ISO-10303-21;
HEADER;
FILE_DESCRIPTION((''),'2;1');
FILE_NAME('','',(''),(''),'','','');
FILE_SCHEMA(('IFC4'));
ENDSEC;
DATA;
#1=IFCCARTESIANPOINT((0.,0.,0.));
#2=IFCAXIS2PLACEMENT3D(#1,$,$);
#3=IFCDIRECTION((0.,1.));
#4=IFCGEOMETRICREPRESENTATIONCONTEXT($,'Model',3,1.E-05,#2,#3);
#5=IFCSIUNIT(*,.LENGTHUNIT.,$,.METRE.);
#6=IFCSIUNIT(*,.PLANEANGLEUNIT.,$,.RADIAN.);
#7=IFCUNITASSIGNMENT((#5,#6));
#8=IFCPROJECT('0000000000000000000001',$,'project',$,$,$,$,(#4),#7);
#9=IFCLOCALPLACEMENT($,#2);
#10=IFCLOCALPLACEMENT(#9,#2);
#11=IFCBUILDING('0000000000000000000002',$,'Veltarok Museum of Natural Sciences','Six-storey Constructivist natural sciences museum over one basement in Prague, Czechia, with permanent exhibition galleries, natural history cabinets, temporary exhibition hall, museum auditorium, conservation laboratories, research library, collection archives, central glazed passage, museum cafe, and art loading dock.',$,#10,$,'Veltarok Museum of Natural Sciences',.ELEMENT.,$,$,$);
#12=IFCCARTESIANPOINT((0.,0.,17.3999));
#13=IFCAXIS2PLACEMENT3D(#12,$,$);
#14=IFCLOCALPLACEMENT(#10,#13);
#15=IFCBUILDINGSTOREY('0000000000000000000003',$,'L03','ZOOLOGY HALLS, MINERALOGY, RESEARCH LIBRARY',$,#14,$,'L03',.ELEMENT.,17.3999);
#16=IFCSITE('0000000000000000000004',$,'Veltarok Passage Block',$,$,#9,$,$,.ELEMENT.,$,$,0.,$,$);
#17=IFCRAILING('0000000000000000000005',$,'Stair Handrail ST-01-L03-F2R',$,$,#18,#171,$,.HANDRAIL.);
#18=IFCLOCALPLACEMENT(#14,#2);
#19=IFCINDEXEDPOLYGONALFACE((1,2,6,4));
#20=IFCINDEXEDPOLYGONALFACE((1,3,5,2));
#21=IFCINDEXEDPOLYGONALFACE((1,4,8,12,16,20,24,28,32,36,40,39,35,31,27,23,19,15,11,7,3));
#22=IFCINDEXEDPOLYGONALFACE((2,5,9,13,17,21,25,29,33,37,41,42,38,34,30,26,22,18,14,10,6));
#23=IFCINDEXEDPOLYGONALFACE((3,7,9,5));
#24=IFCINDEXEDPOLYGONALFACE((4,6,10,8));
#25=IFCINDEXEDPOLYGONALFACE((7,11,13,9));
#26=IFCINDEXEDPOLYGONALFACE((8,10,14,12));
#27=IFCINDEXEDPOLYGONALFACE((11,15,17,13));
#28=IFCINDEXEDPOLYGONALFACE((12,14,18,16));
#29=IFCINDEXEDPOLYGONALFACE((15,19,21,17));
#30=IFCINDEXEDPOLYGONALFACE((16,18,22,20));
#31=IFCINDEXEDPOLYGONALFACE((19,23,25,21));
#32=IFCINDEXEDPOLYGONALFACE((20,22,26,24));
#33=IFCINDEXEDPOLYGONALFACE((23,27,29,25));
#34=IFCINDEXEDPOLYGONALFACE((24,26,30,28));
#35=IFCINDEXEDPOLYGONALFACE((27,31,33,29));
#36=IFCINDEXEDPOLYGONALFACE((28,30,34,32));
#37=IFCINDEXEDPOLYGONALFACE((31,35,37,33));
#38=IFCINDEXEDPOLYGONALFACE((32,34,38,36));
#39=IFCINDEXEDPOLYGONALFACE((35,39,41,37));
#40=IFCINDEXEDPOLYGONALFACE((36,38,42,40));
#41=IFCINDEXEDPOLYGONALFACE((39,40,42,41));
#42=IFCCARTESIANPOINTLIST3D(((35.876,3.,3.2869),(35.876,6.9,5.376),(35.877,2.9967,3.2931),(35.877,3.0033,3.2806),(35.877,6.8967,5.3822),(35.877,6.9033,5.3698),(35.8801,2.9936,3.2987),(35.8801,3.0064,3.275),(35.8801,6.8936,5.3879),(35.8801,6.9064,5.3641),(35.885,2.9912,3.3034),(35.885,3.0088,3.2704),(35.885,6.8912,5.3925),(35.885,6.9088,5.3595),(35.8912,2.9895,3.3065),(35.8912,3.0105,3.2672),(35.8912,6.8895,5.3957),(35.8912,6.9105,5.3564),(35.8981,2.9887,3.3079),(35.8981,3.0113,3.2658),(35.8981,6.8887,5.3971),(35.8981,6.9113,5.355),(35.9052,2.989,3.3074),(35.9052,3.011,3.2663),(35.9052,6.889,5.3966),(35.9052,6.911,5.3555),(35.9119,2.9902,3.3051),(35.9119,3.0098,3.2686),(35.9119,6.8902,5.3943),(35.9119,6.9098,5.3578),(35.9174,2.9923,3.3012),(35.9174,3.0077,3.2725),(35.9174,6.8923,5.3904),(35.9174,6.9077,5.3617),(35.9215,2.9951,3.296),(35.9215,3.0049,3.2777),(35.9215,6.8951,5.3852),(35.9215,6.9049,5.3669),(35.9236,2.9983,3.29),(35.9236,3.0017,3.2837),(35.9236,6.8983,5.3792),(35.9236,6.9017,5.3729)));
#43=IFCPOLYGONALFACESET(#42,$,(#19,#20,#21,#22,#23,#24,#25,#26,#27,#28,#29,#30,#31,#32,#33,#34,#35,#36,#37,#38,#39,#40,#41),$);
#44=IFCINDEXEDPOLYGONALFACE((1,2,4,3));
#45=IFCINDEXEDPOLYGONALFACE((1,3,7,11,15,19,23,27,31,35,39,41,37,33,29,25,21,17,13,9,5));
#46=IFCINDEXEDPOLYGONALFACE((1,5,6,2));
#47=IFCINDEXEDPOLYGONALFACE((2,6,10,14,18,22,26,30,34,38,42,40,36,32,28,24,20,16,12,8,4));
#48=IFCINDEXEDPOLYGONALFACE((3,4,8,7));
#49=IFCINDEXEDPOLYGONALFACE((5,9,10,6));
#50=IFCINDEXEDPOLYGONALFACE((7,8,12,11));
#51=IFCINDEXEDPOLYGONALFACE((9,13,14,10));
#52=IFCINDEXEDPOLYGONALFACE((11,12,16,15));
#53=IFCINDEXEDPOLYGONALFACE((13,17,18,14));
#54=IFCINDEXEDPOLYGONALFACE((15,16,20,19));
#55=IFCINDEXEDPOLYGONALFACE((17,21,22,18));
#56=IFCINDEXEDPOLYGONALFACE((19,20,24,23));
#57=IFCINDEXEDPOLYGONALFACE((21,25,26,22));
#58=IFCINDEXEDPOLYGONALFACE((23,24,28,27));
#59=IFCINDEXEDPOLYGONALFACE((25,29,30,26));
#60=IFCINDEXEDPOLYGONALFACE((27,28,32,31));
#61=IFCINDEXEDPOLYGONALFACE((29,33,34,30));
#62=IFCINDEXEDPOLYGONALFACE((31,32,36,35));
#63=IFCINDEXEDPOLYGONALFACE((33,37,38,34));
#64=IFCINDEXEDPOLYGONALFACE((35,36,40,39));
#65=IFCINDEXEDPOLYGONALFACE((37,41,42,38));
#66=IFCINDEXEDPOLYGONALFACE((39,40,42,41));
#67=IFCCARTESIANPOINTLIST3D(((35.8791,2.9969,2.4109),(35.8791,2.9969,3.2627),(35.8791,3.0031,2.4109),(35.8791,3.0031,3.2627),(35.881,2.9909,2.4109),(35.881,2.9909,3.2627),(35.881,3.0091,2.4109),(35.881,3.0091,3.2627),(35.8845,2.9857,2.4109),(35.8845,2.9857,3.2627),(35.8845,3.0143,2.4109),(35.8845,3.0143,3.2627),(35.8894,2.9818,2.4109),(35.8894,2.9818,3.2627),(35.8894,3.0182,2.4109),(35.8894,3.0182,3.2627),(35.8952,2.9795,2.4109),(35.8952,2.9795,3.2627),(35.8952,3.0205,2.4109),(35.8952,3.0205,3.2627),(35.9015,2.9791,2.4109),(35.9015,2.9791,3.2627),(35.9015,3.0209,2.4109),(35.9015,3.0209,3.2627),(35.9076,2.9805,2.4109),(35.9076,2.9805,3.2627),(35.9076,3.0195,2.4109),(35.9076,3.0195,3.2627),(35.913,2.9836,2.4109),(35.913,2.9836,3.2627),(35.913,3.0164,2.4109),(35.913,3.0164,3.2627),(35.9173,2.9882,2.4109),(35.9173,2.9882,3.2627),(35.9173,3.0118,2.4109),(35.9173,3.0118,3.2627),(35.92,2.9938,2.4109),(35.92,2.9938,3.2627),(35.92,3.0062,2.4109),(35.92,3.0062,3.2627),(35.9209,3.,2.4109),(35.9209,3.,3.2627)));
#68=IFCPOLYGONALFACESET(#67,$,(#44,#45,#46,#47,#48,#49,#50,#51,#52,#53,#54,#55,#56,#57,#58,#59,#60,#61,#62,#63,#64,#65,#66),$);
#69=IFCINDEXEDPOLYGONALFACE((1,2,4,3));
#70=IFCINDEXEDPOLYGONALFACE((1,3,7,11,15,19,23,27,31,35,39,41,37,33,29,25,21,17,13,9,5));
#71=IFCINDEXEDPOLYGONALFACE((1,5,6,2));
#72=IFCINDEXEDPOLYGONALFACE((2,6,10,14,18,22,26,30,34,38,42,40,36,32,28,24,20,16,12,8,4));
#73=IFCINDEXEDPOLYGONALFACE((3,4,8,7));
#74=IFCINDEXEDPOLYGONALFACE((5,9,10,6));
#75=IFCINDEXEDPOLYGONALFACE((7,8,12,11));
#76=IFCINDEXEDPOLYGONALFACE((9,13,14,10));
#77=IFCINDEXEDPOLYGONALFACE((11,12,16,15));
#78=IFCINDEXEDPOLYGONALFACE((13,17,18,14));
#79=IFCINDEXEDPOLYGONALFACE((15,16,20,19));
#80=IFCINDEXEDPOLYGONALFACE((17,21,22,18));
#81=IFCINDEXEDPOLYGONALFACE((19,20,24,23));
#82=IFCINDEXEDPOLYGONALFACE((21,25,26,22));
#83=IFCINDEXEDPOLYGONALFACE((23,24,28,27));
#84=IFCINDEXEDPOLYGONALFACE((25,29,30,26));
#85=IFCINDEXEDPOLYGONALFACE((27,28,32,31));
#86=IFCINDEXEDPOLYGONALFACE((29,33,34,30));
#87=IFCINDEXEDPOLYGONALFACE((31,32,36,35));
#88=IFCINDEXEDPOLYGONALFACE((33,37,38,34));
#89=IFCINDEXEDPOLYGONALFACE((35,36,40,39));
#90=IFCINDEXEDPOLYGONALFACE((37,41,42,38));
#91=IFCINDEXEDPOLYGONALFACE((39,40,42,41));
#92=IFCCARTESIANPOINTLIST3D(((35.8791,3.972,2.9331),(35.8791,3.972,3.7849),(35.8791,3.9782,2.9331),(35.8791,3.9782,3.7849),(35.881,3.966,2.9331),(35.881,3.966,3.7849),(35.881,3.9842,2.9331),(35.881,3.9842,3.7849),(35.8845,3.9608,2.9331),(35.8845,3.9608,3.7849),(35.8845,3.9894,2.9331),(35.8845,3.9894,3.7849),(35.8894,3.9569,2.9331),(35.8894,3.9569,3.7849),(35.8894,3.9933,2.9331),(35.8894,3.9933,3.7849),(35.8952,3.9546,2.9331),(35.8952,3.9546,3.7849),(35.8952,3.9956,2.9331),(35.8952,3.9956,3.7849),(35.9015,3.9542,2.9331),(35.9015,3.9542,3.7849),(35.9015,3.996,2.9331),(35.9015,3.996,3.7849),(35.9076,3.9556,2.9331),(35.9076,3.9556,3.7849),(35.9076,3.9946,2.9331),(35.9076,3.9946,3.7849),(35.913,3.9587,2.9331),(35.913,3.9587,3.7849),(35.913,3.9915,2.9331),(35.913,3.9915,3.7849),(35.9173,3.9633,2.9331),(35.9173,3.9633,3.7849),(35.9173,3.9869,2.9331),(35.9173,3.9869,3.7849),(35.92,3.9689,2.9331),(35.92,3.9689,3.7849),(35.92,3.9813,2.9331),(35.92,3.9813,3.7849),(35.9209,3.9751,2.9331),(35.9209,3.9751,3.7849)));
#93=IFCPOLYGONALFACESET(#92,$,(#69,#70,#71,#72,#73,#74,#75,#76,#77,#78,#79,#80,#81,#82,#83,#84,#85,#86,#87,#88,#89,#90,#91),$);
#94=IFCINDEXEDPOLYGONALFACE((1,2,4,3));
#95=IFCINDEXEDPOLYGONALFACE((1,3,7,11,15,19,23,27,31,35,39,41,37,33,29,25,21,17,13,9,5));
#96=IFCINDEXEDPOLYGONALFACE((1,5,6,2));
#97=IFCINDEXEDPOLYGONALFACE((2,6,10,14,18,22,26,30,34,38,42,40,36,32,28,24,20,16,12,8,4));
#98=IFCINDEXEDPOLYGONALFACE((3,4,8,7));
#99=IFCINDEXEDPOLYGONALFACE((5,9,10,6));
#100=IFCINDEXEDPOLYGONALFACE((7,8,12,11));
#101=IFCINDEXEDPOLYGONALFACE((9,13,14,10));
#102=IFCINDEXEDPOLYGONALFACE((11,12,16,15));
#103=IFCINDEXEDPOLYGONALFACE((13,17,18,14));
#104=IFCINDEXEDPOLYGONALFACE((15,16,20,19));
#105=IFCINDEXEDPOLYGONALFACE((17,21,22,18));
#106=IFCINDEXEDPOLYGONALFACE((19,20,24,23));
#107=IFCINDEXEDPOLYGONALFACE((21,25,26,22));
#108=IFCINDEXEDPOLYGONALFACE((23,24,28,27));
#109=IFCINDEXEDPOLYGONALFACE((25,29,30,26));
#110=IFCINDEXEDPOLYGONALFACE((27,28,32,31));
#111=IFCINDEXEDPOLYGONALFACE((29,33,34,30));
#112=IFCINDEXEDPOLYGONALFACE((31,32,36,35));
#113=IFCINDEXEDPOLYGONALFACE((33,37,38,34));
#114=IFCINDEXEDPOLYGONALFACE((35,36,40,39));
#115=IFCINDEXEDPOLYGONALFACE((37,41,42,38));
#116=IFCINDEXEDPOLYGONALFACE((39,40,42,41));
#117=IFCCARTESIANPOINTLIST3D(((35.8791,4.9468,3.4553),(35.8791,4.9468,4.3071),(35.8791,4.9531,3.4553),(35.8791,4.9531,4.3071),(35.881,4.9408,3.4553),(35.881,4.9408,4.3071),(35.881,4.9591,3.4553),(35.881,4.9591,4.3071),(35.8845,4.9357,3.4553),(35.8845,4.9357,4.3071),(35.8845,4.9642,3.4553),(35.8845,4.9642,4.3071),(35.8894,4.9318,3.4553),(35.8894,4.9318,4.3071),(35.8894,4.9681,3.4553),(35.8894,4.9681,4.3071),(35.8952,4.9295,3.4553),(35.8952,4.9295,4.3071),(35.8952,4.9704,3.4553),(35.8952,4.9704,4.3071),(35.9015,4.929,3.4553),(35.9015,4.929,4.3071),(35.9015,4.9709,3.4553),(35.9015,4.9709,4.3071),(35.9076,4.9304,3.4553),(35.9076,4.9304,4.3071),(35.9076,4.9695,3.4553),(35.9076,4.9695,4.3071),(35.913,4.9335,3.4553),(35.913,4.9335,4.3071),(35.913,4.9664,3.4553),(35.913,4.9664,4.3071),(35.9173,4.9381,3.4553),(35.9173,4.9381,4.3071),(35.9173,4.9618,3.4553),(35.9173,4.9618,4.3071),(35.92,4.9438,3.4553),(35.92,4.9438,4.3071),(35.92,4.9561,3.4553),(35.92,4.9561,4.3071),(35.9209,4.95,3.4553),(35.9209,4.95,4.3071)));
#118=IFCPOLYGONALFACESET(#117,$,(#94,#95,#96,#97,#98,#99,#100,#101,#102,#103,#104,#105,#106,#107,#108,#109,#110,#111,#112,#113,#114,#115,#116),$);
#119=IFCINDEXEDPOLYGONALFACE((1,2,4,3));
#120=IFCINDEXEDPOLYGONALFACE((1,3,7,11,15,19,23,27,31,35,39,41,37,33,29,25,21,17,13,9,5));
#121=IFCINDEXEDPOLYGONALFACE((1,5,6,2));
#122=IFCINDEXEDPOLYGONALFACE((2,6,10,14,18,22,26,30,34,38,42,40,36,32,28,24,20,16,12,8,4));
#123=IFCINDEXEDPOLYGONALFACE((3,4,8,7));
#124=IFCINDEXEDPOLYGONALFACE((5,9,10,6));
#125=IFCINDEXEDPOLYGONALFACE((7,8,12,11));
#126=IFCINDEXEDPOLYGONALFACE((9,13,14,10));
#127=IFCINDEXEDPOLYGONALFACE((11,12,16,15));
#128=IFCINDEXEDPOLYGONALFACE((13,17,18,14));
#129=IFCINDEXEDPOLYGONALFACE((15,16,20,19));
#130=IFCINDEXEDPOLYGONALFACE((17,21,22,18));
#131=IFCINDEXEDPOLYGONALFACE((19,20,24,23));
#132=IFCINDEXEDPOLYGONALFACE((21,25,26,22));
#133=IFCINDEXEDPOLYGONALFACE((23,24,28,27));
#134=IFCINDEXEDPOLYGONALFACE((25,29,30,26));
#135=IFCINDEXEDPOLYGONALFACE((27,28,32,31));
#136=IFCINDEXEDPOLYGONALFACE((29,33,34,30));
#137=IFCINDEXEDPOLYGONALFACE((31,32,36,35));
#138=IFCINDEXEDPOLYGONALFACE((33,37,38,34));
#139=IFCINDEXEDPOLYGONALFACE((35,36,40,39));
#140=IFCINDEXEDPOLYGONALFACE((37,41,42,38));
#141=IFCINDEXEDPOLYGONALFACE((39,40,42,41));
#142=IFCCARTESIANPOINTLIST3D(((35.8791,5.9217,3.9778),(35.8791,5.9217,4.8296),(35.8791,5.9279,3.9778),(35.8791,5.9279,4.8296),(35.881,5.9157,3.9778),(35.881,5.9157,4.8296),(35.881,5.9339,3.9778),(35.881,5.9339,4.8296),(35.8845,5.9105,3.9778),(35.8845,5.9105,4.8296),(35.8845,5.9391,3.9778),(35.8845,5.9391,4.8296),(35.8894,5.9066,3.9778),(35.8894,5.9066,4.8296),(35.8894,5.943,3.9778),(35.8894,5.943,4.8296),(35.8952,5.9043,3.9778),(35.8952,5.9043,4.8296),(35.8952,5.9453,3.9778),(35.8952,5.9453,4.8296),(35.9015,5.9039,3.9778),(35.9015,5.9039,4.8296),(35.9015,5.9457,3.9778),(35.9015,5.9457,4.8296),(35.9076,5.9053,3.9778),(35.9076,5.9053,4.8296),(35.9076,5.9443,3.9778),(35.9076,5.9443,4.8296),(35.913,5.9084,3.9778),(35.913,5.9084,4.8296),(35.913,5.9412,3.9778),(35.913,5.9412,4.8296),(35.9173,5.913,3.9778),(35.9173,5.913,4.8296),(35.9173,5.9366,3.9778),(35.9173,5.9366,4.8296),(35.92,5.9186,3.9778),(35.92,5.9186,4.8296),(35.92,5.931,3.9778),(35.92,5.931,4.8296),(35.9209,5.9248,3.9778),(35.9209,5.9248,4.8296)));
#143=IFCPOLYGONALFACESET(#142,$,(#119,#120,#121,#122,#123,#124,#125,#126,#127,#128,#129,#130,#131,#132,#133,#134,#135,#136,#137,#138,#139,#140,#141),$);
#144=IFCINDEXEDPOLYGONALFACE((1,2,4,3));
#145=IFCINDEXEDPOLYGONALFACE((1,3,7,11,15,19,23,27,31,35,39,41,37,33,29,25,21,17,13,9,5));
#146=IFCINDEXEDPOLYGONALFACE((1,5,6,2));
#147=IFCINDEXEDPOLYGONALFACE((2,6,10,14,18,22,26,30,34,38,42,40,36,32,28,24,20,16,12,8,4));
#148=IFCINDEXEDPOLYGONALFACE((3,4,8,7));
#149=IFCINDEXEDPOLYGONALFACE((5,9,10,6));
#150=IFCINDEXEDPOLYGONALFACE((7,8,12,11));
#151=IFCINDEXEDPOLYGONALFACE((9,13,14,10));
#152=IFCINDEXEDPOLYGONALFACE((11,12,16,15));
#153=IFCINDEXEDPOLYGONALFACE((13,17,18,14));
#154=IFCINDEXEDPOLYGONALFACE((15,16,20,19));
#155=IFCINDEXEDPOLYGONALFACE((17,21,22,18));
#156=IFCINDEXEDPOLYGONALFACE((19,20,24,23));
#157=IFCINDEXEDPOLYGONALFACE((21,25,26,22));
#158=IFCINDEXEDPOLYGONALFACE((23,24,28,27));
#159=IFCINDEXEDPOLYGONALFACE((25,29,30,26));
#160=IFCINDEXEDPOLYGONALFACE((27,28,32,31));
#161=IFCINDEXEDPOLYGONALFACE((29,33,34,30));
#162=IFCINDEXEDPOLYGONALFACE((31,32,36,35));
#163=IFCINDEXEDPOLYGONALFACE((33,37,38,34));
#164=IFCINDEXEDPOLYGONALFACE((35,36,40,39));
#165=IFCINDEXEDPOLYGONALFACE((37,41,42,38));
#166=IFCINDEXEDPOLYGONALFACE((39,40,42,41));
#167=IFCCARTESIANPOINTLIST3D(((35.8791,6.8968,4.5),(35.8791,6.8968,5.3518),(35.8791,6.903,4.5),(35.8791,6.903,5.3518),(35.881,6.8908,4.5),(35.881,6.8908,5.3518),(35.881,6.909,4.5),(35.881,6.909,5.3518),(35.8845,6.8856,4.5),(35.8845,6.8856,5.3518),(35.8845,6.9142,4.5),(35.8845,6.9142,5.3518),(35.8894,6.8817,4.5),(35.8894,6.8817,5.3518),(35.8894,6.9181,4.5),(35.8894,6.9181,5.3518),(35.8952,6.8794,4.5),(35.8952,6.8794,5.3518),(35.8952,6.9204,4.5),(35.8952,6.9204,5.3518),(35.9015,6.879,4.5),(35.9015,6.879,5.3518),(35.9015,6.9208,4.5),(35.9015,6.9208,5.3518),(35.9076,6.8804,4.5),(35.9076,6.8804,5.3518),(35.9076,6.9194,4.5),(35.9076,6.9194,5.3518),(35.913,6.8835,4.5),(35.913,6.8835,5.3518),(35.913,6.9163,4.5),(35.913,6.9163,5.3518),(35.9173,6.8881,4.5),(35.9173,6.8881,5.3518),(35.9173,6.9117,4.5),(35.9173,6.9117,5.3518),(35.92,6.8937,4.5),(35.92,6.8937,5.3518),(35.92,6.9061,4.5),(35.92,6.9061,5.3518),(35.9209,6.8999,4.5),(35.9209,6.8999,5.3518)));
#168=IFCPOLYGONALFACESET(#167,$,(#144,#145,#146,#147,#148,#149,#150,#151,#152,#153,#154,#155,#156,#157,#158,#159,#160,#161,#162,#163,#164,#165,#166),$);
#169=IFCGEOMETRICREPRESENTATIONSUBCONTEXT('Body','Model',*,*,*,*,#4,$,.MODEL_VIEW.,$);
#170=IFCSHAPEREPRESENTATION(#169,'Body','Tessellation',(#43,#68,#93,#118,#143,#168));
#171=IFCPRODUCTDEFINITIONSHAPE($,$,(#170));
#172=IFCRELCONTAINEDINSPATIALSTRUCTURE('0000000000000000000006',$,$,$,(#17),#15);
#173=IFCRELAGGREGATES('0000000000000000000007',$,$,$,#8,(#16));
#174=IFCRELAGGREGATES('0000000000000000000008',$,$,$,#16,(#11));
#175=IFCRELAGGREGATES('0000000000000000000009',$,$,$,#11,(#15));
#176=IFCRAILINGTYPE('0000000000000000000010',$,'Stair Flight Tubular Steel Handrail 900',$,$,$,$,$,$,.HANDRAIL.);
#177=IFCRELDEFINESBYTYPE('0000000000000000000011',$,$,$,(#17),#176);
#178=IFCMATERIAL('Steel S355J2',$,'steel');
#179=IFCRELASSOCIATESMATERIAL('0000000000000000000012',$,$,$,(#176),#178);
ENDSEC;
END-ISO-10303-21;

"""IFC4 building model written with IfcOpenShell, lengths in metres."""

from ifc_helpers import new_model, si_unit, direction, frame, origin, origin_2d, place, context, subcontext, project, spatial, circle, extrude, material, type_object, element, save


model = new_model("IFC4")

# Units and contexts
model_context = context("Model", 3, precision=1e-05, world=origin(), true_north=direction((0.0, 1.0)))
body_context = subcontext(model_context, "Body", "Model", "MODEL_VIEW")
ifc_project = project(units=[si_unit("LENGTHUNIT", "METRE"), si_unit("PLANEANGLEUNIT", "RADIAN")], contexts=[model_context])

# Site, building, storey
site_placement = place(None, origin())
site = spatial("IfcSite", under=ifc_project, at=site_placement, Name="Veltarok Passage Block", CompositionType="ELEMENT", RefElevation=0.0)
building_placement = place(site_placement, origin())
building = spatial("IfcBuilding", under=site, at=building_placement, Name="Veltarok Museum of Natural Sciences", Description="Six-storey Constructivist natural sciences museum over one basement in Prague, Czechia, with permanent exhibition galleries, natural history cabinets, temporary exhibition hall, museum auditorium, conservation laboratories, research library, collection archives, central glazed passage, museum cafe, and art loading dock.", LongName="Veltarok Museum of Natural Sciences", CompositionType="ELEMENT")
storey_placement = place(building_placement, frame((0.0, 0.0, 17.3999)))
storey = spatial("IfcBuildingStorey", under=building, at=storey_placement, Name="L03", Description="ZOOLOGY HALLS, MINERALOGY, RESEARCH LIBRARY", LongName="L03", CompositionType="ELEMENT", Elevation=17.3999)

# Shared definitions
ifc_material_1 = material(Name="Steel S355J2", Category="steel")

# Railing
railing_type_1 = type_object("IfcRailingType", Name="Stair Flight Tubular Steel Handrail 900", PredefinedType="HANDRAIL", material=ifc_material_1)
for number, where, name in (
    (1, (35.8999, 3.0, 2.4109), "Stair Handrail ST-01-L03-F2R"),
):
    element("IfcRailing", number, at=place(storey_placement, frame(where)), inside=storey, type_object=railing_type_1, Name=name, PredefinedType="HANDRAIL", context=body_context, shape_type="SweptSolid", body=[
        extrude(circle(Radius=0.0239, at=origin_2d()), frame((0.0, 0.0, 0.876), z_axis=(0.0, 0.881491, 0.4722), x_axis=(-1.0, 0.0, 0.0)), (0.0, 0.0, 1.0), 4.4243),
        extrude(circle(Radius=0.021, at=origin_2d()), origin(), (0.0, 0.0, 1.0), 0.8518),
        extrude(circle(Radius=0.021, at=origin_2d()), frame((0.0, 0.9751, 0.5222)), (0.0, 0.0, 1.0), 0.8518),
        extrude(circle(Radius=0.021, at=origin_2d()), frame((0.0, 1.95, 1.0444)), (0.0, 0.0, 1.0), 0.8518),
        extrude(circle(Radius=0.021, at=origin_2d()), frame((0.0, 2.9248, 1.5669)), (0.0, 0.0, 1.0), 0.8518),
        extrude(circle(Radius=0.021, at=origin_2d()), frame((0.0, 3.8999, 2.0891)), (0.0, 0.0, 1.0), 0.8518),
    ])

save(model, "model.ifc")
